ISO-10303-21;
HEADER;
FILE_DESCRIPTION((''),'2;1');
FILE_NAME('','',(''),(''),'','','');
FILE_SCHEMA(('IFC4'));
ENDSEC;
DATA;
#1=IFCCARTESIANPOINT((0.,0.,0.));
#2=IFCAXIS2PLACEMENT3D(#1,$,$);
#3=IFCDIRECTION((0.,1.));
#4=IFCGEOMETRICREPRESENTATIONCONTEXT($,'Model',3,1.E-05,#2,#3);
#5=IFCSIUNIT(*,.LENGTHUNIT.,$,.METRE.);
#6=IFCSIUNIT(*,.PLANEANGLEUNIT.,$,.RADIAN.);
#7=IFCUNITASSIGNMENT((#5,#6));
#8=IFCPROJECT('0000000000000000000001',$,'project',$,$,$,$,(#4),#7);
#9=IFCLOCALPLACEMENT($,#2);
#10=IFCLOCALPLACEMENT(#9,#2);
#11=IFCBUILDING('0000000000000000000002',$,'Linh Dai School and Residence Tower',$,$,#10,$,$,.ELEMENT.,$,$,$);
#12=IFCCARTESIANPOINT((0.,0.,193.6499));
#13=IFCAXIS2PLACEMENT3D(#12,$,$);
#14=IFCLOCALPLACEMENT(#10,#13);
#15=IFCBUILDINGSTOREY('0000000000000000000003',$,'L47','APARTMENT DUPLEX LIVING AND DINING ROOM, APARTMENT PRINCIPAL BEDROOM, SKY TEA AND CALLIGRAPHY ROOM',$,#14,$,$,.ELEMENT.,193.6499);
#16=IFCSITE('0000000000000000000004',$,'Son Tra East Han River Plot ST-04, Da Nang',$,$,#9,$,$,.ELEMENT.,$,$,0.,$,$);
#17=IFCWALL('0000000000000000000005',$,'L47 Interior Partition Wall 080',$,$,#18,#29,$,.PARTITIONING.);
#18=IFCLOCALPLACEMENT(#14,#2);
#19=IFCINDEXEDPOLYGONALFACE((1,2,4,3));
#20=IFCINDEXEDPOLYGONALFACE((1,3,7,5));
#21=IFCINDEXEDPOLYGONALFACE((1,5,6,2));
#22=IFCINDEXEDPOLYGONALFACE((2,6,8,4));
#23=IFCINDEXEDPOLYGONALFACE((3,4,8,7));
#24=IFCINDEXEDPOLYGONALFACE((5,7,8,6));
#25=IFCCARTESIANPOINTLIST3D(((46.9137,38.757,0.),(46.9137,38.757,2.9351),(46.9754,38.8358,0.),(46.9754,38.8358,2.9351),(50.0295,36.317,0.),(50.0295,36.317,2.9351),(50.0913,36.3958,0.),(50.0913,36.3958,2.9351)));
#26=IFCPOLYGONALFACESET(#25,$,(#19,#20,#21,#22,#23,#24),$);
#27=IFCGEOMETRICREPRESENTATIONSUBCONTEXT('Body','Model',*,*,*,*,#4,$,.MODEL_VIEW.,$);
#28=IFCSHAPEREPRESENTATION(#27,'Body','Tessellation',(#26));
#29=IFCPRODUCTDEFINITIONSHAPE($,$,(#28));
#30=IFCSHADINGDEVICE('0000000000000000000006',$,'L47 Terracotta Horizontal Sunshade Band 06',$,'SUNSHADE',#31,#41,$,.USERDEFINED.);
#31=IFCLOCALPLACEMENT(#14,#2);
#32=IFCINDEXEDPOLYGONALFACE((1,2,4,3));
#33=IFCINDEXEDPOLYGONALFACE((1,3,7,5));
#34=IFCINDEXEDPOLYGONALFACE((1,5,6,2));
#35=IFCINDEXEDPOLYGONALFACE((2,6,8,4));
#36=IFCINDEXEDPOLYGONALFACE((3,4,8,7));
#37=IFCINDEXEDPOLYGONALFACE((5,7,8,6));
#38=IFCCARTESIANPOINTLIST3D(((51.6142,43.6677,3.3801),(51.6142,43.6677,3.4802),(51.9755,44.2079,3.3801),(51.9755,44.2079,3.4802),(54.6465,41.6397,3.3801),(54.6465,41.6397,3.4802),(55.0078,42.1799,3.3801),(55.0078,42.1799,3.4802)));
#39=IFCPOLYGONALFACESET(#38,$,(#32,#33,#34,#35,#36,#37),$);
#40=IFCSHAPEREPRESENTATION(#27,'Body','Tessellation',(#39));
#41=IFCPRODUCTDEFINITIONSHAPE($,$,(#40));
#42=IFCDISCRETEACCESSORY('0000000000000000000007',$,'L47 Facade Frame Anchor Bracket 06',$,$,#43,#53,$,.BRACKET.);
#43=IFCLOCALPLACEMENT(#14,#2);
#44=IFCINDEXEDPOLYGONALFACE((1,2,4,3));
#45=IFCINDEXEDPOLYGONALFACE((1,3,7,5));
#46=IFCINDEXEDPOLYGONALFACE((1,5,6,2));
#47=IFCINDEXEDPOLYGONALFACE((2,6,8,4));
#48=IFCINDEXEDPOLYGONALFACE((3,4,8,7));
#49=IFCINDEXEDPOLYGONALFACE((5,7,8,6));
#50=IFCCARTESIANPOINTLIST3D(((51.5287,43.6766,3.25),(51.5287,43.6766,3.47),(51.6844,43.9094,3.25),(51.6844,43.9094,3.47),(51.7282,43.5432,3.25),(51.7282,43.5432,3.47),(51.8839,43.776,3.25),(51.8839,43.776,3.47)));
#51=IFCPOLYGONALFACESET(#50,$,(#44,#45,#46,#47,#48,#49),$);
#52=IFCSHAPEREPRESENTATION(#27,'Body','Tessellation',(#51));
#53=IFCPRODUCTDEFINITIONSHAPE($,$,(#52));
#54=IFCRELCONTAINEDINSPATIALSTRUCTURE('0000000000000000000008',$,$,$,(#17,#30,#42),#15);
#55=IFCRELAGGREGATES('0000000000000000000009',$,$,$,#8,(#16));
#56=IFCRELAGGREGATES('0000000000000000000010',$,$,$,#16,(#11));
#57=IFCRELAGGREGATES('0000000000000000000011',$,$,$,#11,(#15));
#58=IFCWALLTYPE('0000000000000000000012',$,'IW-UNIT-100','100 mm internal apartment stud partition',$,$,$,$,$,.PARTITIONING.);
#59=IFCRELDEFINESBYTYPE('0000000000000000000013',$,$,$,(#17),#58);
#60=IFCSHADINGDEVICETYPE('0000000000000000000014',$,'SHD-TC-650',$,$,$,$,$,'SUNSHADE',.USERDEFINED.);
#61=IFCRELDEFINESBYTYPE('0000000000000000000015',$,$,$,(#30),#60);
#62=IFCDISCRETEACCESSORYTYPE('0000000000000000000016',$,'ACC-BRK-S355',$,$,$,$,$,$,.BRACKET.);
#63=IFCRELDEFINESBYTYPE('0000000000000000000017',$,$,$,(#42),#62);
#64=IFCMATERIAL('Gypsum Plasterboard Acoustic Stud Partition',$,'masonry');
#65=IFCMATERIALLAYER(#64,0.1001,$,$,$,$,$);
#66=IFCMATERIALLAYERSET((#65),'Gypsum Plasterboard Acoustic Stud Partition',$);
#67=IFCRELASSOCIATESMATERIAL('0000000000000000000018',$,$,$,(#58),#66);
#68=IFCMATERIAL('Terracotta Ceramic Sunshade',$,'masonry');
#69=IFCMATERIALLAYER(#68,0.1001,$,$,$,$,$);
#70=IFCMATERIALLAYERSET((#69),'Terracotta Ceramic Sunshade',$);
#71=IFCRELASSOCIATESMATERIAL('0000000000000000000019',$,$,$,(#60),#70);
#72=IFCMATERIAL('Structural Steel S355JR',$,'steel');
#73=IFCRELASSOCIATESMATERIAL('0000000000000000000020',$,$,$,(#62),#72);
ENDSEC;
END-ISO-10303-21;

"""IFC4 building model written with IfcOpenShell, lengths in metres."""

from ifc_helpers import new_model, si_unit, direction, frame, frame_2d, origin, origin_2d, place, context, subcontext, project, spatial, rectangle, extrude, source, transform, mapped, material, layer, layer_set, type_object, element, save


model = new_model("IFC4")

# Units and contexts
model_context = context("Model", 3, precision=1e-05, world=origin(), true_north=direction((0.0, 1.0)))
body_context = subcontext(model_context, "Body", "Model", "MODEL_VIEW")
ifc_project = project(units=[si_unit("LENGTHUNIT", "METRE"), si_unit("PLANEANGLEUNIT", "RADIAN")], contexts=[model_context])

# Site, building, storey
site_placement = place(None, origin())
site = spatial("IfcSite", under=ifc_project, at=site_placement, Name="Son Tra East Han River Plot ST-04, Da Nang", CompositionType="ELEMENT", RefElevation=0.0)
building_placement = place(site_placement, origin())
building = spatial("IfcBuilding", under=site, at=building_placement, Name="Linh Dai School and Residence Tower", CompositionType="ELEMENT")
storey_placement = place(building_placement, frame((0.0, 0.0, 193.6499)))
storey = spatial("IfcBuildingStorey", under=building, at=storey_placement, Name="L47", Description="APARTMENT DUPLEX LIVING AND DINING ROOM, APARTMENT PRINCIPAL BEDROOM, SKY TEA AND CALLIGRAPHY ROOM", CompositionType="ELEMENT", Elevation=193.6499)

# Shared definitions
ifc_material_1 = material(Name="Structural Steel S355JR", Category="steel")

# Wall
ifc_material_2 = material(Name="Gypsum Plasterboard Acoustic Stud Partition", Category="masonry")
ifc_layer_1 = layer(ifc_material_2, 0.1001)
ifc_layer_set_1 = layer_set([ifc_layer_1], Name="Gypsum Plasterboard Acoustic Stud Partition")
wall_type_1 = type_object("IfcWallType", Name="IW-UNIT-100", Description="100 mm internal apartment stud partition", PredefinedType="PARTITIONING", material=ifc_layer_set_1)
wall_1_placement = place(storey_placement, frame((46.9446, 38.7964, 0.0), z_axis=(0.0, 0.0, 1.0), x_axis=(0.787315, -0.616551, 0.0)))
element("IfcWall", 1, at=wall_1_placement, inside=storey, type_object=wall_type_1, Name="L47 Interior Partition Wall 080", PredefinedType="PARTITIONING", context=body_context, shape_type="SweptSolid", body=[
    extrude(rectangle(XDim=3.9575, YDim=0.1001, at=frame_2d((1.9788, 0.0))), origin(), (0.0, 0.0, 1.0), 2.9351),
])

# Shading device
ifc_material_3 = material(Name="Terracotta Ceramic Sunshade", Category="masonry")
ifc_layer_2 = layer(ifc_material_3, 0.1001)
ifc_layer_set_2 = layer_set([ifc_layer_2], Name="Terracotta Ceramic Sunshade")
shading_device_type = type_object("IfcShadingDeviceType", Name="SHD-TC-650", ElementType="SUNSHADE", PredefinedType="USERDEFINED", material=ifc_layer_set_2)
shared_shape_1 = source(origin(), body_context, "Body", "SweptSolid", [
    extrude(rectangle(XDim=3.6479, YDim=0.6499, at=origin_2d()), origin(), (0.0, 0.0, 1.0), 0.1001),
])
shading_device_placement = place(storey_placement, frame((53.311, 42.9238, 3.3801), z_axis=(0.0, 0.0, 1.0), x_axis=(0.831228, -0.555931, 0.0)))
element("IfcShadingDevice", 2, at=shading_device_placement, inside=storey, type_object=shading_device_type, Name="L47 Terracotta Horizontal Sunshade Band 06", ObjectType="SUNSHADE", PredefinedType="USERDEFINED", context=body_context, shape_type="MappedRepresentation", body=[
    mapped(shared_shape_1, transform((0.0, 0.0, 0.0), x_axis=(1.0, 0.0, 0.0), y_axis=(0.0, 1.0, 0.0), z_axis=(0.0, 0.0, 1.0), scale=1.0)),
])

# Discrete accessory
discrete_accessory_type = type_object("IfcDiscreteAccessoryType", Name="ACC-BRK-S355", PredefinedType="BRACKET", material=ifc_material_1)
shared_shape_2 = source(origin(), body_context, "Body", "SweptSolid", [
    extrude(rectangle(XDim=0.28, YDim=0.24, at=origin_2d()), origin(), (0.0, 0.0, 1.0), 0.22),
])
discrete_accessory_placement = place(storey_placement, frame((51.7063, 43.7263, 3.25), z_axis=(0.0, 0.0, 1.0), x_axis=(0.555931, 0.831228, 0.0)))
element("IfcDiscreteAccessory", 3, at=discrete_accessory_placement, inside=storey, type_object=discrete_accessory_type, Name="L47 Facade Frame Anchor Bracket 06", PredefinedType="BRACKET", context=body_context, shape_type="MappedRepresentation", body=[
    mapped(shared_shape_2, transform((0.0, 0.0, 0.0), x_axis=(1.0, 0.0, 0.0), y_axis=(0.0, 1.0, 0.0), z_axis=(0.0, 0.0, 1.0), scale=1.0)),
])

save(model, "model.ifc")
